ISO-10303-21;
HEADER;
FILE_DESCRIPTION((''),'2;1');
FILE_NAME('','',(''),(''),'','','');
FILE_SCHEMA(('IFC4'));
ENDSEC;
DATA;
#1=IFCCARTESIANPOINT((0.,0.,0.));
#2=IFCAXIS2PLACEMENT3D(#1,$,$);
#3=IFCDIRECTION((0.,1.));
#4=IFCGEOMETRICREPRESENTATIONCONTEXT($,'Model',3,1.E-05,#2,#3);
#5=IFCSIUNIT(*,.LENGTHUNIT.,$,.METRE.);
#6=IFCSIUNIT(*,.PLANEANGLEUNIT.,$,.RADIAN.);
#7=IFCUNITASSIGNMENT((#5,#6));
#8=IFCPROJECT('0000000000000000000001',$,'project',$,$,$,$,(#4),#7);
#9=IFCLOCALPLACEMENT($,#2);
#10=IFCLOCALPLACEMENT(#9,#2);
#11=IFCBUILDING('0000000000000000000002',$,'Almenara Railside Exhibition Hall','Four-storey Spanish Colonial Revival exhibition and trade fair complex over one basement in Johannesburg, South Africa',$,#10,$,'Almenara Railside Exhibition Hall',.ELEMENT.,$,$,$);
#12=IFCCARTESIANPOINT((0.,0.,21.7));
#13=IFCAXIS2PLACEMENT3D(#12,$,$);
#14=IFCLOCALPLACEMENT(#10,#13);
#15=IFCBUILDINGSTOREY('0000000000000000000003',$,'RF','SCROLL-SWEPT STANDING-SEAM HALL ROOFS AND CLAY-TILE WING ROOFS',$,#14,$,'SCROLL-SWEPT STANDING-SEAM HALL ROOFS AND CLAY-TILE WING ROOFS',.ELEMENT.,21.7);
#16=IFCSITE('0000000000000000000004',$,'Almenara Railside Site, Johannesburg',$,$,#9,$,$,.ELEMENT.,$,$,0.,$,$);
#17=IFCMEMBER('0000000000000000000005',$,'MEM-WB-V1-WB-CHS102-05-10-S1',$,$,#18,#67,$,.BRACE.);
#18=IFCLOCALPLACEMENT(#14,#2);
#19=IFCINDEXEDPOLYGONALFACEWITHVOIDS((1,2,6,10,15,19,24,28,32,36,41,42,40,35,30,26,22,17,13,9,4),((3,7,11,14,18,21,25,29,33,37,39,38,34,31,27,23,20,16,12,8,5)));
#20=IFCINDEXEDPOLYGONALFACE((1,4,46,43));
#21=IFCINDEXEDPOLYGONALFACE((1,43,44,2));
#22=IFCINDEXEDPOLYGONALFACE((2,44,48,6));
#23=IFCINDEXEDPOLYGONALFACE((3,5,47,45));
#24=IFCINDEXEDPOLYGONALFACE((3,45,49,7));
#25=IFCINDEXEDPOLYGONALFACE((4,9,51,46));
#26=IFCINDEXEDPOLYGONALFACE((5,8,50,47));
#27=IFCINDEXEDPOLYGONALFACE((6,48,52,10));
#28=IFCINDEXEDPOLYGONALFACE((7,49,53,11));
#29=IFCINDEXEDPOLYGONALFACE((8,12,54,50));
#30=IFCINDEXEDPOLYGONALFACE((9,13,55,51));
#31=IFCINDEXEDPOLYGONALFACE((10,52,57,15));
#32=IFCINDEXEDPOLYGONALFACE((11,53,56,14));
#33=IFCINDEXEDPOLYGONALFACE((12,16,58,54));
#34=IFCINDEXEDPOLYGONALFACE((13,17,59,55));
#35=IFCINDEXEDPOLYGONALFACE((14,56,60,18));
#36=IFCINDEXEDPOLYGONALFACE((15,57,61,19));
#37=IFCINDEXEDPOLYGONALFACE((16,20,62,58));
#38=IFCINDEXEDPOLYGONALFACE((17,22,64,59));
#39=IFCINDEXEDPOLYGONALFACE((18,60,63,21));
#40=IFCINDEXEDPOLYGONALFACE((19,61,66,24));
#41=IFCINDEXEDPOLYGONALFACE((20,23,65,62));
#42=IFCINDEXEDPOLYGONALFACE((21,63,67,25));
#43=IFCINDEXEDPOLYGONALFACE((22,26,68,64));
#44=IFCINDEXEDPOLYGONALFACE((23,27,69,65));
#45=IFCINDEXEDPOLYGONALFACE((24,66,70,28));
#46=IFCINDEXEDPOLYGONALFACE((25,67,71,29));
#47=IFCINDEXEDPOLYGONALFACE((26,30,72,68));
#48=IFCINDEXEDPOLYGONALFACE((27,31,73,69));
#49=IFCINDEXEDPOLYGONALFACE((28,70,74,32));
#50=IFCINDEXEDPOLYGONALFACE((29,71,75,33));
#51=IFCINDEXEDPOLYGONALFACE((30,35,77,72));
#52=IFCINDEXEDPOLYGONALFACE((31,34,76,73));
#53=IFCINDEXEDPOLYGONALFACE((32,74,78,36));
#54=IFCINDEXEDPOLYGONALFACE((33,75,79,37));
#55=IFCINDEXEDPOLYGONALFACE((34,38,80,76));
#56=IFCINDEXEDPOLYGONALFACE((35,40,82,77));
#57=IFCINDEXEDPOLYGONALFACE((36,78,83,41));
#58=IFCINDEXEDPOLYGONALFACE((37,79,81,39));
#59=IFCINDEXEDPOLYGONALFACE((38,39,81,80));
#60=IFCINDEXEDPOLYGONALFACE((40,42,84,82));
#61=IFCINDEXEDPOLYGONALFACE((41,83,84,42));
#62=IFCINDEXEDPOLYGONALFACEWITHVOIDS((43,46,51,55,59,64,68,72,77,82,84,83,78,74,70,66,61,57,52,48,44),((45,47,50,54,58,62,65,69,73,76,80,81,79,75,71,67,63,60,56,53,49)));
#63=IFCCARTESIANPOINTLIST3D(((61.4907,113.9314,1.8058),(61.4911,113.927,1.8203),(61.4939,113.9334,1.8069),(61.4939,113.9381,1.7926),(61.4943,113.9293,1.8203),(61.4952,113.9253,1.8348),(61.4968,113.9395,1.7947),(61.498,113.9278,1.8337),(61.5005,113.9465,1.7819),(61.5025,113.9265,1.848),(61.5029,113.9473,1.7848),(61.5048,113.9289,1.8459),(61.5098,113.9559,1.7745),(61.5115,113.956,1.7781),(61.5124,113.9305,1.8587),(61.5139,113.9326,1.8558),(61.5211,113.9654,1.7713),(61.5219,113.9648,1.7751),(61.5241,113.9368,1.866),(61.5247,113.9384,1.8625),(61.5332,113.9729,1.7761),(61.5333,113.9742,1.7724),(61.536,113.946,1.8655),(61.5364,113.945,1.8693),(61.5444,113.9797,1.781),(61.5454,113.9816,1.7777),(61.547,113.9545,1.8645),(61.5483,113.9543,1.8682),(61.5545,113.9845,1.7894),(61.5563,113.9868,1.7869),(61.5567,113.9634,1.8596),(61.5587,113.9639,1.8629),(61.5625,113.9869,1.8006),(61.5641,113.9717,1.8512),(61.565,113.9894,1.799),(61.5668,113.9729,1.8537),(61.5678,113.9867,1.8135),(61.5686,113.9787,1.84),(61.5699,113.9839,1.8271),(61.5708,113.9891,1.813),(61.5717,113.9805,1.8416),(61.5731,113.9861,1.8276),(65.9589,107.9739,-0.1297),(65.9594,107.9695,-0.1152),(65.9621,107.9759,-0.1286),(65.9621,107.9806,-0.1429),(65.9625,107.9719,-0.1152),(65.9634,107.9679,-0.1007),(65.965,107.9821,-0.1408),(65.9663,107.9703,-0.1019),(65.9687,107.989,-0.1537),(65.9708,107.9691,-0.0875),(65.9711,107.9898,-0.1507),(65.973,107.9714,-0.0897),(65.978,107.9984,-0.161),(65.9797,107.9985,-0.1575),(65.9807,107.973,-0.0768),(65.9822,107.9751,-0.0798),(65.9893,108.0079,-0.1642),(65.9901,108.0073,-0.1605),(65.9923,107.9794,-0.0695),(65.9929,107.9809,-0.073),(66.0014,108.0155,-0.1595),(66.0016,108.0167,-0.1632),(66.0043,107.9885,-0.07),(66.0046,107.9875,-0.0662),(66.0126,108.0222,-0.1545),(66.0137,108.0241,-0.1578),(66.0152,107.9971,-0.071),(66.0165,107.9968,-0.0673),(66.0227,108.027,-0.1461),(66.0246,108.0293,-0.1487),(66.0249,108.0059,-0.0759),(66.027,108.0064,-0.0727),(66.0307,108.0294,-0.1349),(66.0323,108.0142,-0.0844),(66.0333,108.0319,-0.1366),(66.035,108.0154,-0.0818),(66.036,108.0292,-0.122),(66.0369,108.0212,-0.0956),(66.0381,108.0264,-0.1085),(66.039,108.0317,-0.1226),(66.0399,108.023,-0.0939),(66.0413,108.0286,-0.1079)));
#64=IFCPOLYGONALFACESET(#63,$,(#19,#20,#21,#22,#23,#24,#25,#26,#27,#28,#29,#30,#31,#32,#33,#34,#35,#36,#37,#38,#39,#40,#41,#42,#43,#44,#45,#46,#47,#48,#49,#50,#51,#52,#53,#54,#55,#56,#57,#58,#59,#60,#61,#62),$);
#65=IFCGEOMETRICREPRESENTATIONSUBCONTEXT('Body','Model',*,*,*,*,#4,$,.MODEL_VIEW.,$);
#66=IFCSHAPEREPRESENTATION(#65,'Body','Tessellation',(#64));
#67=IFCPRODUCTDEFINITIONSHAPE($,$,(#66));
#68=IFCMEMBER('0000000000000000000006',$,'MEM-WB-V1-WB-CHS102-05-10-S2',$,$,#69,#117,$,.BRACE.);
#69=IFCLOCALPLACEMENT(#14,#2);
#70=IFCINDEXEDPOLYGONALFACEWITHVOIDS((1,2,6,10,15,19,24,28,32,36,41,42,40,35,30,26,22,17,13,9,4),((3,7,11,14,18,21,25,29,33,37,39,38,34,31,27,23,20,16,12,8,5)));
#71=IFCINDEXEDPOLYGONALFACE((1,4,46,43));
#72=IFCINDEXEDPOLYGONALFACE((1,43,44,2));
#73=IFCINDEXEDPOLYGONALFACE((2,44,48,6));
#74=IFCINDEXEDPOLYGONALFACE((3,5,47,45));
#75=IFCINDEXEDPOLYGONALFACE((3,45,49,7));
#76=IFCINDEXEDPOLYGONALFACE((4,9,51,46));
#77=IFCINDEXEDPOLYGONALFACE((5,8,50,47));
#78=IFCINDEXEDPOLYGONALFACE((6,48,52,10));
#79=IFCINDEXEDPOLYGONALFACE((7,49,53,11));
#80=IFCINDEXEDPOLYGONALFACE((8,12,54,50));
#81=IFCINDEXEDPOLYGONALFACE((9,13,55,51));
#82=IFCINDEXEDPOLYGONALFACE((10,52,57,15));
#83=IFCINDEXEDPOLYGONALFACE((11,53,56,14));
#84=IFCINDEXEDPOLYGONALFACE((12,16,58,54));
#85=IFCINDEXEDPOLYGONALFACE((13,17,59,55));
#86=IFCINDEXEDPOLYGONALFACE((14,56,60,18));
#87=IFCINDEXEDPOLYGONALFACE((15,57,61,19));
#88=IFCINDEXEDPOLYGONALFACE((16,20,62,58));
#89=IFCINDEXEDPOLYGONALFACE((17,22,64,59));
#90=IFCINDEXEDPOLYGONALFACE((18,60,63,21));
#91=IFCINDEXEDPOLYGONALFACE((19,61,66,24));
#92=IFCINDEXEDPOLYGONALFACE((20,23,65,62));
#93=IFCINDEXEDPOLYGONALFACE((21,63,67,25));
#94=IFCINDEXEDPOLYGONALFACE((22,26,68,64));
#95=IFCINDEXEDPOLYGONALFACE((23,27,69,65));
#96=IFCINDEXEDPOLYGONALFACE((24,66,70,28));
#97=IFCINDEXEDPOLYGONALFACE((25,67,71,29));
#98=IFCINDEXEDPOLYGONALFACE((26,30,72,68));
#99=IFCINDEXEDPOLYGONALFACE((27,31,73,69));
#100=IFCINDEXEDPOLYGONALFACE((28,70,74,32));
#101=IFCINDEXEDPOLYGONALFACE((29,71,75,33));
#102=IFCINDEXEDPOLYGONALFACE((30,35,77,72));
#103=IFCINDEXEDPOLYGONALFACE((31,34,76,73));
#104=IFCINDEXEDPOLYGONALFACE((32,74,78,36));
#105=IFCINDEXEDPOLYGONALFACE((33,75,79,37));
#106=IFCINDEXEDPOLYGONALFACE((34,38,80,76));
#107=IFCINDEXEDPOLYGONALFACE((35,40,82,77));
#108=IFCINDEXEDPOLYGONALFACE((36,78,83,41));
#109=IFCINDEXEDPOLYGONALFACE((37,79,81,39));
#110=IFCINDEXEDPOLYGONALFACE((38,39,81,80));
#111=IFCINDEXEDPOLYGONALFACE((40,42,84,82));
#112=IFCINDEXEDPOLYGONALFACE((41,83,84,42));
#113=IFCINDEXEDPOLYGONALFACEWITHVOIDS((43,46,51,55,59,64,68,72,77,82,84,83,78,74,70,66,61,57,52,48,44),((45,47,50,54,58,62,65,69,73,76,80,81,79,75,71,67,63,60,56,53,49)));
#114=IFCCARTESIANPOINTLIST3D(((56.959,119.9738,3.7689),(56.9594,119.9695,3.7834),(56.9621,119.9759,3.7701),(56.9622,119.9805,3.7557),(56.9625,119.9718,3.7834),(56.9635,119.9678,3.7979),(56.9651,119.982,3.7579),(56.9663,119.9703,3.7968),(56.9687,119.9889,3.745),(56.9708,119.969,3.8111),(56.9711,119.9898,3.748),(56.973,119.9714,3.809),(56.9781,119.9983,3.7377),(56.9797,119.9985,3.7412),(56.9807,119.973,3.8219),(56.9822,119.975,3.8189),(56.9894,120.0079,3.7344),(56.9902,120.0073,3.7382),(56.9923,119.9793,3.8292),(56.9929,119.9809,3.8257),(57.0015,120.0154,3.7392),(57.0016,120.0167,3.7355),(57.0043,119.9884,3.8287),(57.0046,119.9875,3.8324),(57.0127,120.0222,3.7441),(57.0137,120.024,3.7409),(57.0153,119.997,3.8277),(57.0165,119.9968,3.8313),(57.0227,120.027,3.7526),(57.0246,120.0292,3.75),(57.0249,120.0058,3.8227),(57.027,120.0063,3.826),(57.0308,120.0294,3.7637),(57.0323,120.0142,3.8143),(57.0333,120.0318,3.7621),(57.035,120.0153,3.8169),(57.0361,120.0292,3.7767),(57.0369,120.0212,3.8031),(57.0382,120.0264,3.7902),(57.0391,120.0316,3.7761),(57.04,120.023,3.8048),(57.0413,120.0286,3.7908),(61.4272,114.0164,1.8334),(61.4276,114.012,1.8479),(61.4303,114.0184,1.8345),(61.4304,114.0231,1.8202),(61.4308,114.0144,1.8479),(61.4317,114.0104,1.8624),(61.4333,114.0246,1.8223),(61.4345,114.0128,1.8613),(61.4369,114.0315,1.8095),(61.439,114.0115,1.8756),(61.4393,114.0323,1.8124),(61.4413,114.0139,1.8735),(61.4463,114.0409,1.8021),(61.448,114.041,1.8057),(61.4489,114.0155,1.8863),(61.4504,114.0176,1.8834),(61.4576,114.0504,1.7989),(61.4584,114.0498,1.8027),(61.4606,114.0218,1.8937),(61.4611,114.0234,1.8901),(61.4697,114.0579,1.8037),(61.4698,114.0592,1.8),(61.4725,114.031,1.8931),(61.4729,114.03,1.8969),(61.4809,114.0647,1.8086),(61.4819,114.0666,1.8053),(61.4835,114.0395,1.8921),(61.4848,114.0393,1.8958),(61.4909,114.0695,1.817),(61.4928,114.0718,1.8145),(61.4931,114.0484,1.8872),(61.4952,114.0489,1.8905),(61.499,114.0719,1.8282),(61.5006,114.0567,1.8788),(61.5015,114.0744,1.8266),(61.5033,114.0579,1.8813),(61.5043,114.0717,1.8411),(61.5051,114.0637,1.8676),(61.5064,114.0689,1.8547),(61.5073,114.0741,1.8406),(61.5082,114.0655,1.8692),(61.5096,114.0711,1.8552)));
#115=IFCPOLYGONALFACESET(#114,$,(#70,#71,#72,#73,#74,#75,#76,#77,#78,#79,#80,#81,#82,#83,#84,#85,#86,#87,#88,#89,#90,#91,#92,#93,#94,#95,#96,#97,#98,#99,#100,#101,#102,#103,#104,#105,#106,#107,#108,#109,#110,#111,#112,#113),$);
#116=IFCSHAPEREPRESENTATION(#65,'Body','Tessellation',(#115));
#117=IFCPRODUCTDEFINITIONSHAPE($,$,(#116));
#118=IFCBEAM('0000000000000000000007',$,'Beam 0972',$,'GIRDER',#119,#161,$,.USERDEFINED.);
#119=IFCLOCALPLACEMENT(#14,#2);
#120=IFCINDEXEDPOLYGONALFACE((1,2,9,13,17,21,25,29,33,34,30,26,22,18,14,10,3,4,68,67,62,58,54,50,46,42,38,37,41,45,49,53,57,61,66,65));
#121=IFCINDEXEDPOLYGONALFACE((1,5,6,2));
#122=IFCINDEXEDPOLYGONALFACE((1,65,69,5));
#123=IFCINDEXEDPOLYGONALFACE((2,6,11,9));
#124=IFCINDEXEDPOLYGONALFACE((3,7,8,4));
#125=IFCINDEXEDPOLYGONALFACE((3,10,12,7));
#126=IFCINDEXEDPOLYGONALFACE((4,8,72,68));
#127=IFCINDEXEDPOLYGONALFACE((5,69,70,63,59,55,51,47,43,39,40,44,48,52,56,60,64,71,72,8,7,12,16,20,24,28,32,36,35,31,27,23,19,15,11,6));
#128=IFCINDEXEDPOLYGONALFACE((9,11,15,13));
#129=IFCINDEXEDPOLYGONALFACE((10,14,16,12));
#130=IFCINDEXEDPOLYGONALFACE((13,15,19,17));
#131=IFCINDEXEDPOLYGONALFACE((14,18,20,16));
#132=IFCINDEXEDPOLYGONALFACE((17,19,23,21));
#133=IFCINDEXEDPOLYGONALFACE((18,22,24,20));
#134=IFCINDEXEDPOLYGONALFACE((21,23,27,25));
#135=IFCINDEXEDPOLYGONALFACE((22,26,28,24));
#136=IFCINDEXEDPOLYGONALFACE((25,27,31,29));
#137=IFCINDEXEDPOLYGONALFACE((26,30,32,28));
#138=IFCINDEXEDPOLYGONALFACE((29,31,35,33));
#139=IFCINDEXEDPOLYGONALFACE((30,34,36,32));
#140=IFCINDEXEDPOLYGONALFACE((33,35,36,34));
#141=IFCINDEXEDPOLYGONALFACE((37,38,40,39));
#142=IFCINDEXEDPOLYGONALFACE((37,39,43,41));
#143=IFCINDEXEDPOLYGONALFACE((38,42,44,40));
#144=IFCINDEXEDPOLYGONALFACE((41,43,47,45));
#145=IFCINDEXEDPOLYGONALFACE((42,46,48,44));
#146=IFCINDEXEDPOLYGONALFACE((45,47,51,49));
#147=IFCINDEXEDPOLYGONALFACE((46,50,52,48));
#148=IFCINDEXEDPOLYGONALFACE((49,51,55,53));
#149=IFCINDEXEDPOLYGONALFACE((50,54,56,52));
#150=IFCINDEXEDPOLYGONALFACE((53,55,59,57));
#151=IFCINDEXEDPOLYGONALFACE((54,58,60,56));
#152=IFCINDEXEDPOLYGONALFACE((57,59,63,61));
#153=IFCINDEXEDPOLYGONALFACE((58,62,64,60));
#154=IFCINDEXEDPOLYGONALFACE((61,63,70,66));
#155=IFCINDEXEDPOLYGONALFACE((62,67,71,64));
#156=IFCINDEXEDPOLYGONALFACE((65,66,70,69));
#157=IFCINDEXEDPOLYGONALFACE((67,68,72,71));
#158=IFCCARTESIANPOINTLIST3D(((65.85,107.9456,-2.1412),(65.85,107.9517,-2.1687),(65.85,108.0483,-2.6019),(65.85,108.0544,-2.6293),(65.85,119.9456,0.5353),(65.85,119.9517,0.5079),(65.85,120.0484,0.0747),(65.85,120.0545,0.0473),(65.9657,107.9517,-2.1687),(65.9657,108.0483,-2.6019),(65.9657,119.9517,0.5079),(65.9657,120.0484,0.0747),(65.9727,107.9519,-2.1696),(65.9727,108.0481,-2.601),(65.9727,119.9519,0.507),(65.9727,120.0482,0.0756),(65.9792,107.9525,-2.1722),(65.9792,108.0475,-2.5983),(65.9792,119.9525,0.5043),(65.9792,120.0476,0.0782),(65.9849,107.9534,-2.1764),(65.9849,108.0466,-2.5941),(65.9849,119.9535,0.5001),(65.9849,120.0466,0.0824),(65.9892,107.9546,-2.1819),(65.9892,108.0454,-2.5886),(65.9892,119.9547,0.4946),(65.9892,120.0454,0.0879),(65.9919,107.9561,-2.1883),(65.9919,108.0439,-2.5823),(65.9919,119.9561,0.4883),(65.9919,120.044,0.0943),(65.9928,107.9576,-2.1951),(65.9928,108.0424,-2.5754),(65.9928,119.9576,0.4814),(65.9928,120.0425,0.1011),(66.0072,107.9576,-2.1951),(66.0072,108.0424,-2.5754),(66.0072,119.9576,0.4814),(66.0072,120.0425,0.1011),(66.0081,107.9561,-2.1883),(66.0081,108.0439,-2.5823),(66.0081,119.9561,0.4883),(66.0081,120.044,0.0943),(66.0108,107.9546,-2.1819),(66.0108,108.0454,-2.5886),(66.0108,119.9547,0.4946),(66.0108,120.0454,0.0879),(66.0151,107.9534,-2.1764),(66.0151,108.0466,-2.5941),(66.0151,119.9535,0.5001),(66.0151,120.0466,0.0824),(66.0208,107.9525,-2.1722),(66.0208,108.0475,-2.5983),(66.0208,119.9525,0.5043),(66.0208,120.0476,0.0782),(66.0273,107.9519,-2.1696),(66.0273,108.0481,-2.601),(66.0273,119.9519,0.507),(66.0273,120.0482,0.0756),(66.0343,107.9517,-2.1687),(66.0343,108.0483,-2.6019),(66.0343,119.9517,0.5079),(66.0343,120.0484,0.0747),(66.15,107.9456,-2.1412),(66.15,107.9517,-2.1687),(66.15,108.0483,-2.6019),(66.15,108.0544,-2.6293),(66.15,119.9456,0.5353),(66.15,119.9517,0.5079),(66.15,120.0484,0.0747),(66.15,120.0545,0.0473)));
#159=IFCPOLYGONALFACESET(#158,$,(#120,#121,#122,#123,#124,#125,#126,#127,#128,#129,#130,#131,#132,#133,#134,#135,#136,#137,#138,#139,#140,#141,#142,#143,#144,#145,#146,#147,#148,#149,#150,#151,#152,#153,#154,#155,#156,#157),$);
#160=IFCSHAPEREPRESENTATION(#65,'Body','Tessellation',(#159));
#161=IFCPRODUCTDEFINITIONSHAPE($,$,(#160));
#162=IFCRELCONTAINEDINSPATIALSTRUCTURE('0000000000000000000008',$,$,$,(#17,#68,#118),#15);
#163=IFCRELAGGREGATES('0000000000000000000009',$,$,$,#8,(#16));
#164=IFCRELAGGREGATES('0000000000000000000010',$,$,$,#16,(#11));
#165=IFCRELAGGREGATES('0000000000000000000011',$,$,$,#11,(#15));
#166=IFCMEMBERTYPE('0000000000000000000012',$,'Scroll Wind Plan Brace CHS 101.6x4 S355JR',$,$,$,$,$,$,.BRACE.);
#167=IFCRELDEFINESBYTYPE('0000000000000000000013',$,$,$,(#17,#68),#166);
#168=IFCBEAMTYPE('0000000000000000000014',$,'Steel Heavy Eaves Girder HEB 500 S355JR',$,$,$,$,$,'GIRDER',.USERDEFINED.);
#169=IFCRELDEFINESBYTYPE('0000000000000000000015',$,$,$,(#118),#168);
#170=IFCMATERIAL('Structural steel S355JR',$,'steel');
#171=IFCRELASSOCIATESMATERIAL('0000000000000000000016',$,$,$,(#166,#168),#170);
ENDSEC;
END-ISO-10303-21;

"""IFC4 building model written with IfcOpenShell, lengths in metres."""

from ifc_helpers import new_model, si_unit, direction, frame, origin, origin_2d, place, context, subcontext, project, spatial, hollow_circle, i_section, extrude, material, material_profile, profile_set, type_object, element, save


model = new_model("IFC4")

# Units and contexts
model_context = context("Model", 3, precision=1e-05, world=origin(), true_north=direction((0.0, 1.0)))
body_context = subcontext(model_context, "Body", "Model", "MODEL_VIEW")
ifc_project = project(units=[si_unit("LENGTHUNIT", "METRE"), si_unit("PLANEANGLEUNIT", "RADIAN")], contexts=[model_context])

# Site, building, storey
site_placement = place(None, origin())
site = spatial("IfcSite", under=ifc_project, at=site_placement, Name="Almenara Railside Site, Johannesburg", CompositionType="ELEMENT", RefElevation=0.0)
building_placement = place(site_placement, origin())
building = spatial("IfcBuilding", under=site, at=building_placement, Name="Almenara Railside Exhibition Hall", Description="Four-storey Spanish Colonial Revival exhibition and trade fair complex over one basement in Johannesburg, South Africa", LongName="Almenara Railside Exhibition Hall", CompositionType="ELEMENT")
storey_placement = place(building_placement, frame((0.0, 0.0, 21.7)))
storey = spatial("IfcBuildingStorey", under=building, at=storey_placement, Name="RF", Description="SCROLL-SWEPT STANDING-SEAM HALL ROOFS AND CLAY-TILE WING ROOFS", LongName="SCROLL-SWEPT STANDING-SEAM HALL ROOFS AND CLAY-TILE WING ROOFS", CompositionType="ELEMENT", Elevation=21.7)

# Shared definitions
ifc_material_1 = material(Name="Structural steel S355JR", Category="steel")

# Members
ifc_material_profile_1 = material_profile(ifc_material_1, hollow_circle(Radius=0.0508, WallThickness=0.0039, at=origin_2d()), Name="CHS 101.6x4")
ifc_profile_set_1 = profile_set([ifc_material_profile_1], Name="Structural steel S355JR")
member_type_1 = type_object("IfcMemberType", Name="Scroll Wind Plan Brace CHS 101.6x4 S355JR", PredefinedType="BRACE", material=ifc_profile_set_1)
for number, where, z_axis, x_axis, name in (
    (1, (66.0, 108.0, -0.1152), (-0.580716, 0.774267, 0.251553), (-0.799992, -0.60001, 0.0), "MEM-WB-V1-WB-CHS102-05-10-S1"),
    (2, (61.4683, 114.0425, 1.8479), (-0.580716, 0.774267, 0.251553), (-0.799992, -0.60001, 0.0), "MEM-WB-V1-WB-CHS102-05-10-S2"),
):
    element("IfcMember", number, at=place(storey_placement, frame(where, z_axis=z_axis, x_axis=x_axis)), inside=storey, type_object=member_type_1, Name=name, PredefinedType="BRACE", context=body_context, shape_type="SweptSolid", body=[
        extrude(hollow_circle(Radius=0.0508, WallThickness=0.0039, at=origin_2d()), origin(), (0.0, 0.0, 1.0), 7.6943),
    ])

# Beam
ifc_material_profile_2 = material_profile(ifc_material_1, i_section(OverallWidth=0.3, OverallDepth=0.5, WebThickness=0.0144, FlangeThickness=0.0281, FilletRadius=0.0271, at=origin_2d()), Name="HEB 500")
ifc_profile_set_2 = profile_set([ifc_material_profile_2], Name="Structural steel S355JR")
beam_type = type_object("IfcBeamType", Name="Steel Heavy Eaves Girder HEB 500 S355JR", ElementType="GIRDER", PredefinedType="USERDEFINED", material=ifc_profile_set_2)
beam_placement = place(storey_placement, frame((66.0, 108.0, -2.3853), z_axis=(0.0, 0.976017, 0.217694), x_axis=(-1.0, 0.0, 0.0)))
element("IfcBeam", 3, at=beam_placement, inside=storey, type_object=beam_type, Name="Beam 0972", ObjectType="GIRDER", PredefinedType="USERDEFINED", context=body_context, shape_type="SweptSolid", body=[
    extrude(i_section(OverallWidth=0.3, OverallDepth=0.5, WebThickness=0.0144, FlangeThickness=0.0281, FilletRadius=0.0271, at=origin_2d()), origin(), (0.0, 0.0, 1.0), 12.2949),
])

save(model, "model.ifc")
